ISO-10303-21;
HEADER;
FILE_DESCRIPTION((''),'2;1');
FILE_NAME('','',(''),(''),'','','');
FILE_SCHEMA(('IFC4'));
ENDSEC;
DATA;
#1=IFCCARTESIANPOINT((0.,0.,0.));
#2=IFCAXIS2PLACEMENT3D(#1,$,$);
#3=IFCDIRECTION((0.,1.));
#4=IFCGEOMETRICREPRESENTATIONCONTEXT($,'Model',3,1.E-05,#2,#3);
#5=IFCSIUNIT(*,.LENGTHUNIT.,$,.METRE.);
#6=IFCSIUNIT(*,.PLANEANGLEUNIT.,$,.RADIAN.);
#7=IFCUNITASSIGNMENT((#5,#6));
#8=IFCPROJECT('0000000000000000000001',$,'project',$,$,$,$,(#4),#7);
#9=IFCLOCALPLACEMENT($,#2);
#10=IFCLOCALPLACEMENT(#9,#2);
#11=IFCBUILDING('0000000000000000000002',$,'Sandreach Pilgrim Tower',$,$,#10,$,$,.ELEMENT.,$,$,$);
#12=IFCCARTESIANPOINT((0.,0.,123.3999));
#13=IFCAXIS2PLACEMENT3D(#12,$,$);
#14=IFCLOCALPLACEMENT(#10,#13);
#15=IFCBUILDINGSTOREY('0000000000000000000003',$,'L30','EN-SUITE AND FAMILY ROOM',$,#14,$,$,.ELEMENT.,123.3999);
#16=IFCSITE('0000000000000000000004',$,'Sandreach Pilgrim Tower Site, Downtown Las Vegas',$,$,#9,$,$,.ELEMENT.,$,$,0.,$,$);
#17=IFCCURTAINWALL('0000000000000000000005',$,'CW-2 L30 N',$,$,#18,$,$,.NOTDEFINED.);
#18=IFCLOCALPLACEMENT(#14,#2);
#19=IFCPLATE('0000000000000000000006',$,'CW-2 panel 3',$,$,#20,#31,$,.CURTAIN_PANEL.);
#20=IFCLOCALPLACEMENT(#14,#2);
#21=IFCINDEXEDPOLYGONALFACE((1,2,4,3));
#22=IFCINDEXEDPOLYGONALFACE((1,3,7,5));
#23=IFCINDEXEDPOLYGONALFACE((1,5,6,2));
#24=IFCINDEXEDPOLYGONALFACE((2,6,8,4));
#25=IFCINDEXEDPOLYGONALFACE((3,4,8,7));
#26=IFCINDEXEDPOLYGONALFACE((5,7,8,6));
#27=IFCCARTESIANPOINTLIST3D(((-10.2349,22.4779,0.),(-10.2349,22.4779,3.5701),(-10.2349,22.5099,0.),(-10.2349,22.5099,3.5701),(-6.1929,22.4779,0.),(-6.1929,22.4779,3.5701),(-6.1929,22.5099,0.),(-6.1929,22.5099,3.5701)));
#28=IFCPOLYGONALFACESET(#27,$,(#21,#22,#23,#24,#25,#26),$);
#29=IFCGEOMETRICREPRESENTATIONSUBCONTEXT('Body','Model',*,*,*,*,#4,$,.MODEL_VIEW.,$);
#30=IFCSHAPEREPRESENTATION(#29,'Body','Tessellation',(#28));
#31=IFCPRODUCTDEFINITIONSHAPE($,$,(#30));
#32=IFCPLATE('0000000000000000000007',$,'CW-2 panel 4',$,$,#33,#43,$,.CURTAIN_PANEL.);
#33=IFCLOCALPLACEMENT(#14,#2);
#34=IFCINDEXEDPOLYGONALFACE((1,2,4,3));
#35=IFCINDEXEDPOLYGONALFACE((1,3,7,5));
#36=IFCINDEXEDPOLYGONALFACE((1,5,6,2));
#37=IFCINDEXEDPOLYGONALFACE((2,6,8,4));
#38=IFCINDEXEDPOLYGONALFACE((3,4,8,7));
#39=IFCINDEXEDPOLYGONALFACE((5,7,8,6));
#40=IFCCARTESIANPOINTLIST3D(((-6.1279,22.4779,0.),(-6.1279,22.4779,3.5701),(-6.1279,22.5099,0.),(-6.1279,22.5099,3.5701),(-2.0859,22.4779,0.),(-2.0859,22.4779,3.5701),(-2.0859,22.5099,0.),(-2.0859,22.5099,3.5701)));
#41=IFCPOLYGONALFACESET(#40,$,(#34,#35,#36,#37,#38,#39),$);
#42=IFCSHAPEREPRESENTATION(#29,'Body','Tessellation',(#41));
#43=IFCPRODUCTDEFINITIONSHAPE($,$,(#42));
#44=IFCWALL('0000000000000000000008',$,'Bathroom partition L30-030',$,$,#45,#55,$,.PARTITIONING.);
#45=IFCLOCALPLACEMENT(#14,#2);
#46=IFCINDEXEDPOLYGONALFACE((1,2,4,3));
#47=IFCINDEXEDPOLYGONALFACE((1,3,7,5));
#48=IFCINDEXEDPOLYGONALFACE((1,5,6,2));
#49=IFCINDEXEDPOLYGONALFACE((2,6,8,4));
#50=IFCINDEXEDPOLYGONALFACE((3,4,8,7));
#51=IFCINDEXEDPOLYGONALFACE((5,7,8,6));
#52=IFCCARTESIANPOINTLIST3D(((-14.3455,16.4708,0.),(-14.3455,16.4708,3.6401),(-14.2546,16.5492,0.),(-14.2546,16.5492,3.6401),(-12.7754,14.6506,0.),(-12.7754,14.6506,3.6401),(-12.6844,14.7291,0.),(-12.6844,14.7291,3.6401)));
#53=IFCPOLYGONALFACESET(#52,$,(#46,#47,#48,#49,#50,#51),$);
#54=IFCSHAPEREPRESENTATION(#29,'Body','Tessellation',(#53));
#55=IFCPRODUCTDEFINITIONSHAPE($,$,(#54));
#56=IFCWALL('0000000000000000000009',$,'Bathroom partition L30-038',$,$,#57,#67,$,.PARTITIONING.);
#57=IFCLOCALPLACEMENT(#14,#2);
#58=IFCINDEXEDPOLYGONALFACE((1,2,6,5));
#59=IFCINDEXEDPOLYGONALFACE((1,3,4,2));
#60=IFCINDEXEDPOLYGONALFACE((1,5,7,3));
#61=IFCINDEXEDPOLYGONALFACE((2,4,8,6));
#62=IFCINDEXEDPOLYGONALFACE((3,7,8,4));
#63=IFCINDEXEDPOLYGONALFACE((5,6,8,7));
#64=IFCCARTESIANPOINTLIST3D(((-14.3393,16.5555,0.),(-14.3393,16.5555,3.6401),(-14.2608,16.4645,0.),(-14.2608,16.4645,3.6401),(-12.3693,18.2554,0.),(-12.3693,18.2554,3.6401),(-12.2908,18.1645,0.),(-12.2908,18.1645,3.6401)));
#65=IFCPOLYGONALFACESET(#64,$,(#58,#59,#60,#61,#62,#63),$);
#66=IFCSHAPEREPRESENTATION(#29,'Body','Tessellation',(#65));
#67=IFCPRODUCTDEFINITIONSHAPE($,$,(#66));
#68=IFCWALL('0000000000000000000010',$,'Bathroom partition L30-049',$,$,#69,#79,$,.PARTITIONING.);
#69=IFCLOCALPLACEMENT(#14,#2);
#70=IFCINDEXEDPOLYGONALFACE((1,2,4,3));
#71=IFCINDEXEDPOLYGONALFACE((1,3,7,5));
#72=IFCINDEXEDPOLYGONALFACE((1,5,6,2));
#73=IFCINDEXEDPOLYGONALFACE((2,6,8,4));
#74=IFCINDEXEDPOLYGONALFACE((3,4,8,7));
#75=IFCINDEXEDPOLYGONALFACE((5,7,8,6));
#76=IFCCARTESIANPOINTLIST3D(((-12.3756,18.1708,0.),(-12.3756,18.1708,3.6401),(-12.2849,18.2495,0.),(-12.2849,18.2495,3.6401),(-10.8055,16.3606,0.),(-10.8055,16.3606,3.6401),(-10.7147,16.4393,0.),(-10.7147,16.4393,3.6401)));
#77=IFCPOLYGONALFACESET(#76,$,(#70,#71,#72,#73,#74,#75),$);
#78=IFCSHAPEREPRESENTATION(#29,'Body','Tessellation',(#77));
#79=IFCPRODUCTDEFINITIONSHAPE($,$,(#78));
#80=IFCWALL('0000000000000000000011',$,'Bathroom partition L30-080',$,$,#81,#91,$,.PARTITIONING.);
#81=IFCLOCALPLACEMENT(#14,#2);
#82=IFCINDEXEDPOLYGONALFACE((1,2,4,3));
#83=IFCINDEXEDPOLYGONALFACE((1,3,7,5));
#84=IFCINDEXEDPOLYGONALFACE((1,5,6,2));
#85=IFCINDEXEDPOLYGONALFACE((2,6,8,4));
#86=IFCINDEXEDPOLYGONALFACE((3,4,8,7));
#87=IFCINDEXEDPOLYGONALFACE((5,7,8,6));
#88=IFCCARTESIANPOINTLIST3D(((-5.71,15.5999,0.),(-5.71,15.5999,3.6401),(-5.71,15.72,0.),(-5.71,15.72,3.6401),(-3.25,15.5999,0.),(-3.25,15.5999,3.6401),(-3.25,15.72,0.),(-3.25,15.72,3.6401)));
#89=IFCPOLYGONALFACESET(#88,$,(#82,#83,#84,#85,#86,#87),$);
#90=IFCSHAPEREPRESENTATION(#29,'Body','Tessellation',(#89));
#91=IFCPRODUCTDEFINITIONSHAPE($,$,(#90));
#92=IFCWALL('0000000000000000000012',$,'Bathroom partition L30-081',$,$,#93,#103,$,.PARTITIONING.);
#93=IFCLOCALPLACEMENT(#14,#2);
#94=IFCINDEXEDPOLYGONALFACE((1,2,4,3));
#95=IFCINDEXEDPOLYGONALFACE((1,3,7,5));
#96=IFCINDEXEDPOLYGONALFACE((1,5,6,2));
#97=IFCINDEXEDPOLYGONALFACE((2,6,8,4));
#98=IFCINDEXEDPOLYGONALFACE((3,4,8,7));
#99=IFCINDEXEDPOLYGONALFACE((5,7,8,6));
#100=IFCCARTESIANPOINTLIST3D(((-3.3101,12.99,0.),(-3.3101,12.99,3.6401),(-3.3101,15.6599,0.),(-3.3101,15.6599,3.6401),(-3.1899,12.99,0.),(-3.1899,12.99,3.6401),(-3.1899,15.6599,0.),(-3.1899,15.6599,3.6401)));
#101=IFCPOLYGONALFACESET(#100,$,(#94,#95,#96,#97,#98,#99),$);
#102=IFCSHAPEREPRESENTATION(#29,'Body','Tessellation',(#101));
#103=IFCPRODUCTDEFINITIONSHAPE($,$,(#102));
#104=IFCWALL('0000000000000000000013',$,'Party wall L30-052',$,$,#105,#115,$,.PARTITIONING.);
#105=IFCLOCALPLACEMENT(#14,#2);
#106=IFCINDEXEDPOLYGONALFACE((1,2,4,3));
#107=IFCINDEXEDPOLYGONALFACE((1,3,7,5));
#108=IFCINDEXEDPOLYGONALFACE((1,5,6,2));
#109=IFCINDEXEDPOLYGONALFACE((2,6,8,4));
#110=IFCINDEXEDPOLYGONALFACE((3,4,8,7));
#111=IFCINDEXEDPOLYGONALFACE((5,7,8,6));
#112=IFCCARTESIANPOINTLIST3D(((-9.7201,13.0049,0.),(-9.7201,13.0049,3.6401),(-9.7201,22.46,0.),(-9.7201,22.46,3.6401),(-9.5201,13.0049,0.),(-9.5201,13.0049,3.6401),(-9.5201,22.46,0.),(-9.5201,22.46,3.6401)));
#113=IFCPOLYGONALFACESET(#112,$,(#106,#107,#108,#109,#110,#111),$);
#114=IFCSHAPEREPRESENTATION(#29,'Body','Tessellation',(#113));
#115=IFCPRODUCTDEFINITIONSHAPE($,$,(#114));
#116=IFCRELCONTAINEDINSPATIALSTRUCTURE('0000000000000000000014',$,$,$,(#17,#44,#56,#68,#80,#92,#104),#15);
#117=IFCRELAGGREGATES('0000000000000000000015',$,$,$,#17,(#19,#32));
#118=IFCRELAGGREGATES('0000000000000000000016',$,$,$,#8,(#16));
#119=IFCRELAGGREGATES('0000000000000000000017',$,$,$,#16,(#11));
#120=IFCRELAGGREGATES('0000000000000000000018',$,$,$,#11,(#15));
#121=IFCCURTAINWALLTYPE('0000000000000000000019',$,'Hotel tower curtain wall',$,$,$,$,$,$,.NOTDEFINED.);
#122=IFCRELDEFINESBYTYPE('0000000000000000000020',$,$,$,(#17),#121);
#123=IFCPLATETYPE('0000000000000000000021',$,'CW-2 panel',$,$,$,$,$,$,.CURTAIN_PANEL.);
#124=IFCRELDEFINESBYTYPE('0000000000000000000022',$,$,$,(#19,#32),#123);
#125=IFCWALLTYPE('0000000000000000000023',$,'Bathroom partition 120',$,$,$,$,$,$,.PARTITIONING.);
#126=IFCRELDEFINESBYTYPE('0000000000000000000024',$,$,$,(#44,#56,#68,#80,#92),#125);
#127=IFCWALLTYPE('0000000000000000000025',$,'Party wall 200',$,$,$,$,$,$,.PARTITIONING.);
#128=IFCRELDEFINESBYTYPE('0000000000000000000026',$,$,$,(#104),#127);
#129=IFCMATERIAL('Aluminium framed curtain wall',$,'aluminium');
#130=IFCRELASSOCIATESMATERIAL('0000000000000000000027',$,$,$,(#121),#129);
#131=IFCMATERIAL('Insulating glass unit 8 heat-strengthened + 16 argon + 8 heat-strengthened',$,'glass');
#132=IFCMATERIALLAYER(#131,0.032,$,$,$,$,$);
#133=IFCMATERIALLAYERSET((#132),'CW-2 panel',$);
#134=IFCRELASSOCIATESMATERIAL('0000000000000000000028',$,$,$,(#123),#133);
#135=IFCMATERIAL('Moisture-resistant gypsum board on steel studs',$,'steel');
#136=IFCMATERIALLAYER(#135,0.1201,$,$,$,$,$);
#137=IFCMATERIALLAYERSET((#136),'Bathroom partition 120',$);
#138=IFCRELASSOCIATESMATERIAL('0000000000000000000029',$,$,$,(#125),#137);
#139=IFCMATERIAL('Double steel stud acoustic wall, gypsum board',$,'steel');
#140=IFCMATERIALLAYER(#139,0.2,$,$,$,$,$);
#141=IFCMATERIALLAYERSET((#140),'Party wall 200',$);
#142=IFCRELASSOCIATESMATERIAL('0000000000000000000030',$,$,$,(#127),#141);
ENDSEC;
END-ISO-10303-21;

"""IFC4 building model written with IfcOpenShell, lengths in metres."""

from ifc_helpers import new_model, si_unit, direction, frame, frame_2d, origin, origin_2d, place, context, subcontext, project, spatial, rectangle, extrude, material, layer, layer_set, type_object, element, aggregate, save


model = new_model("IFC4")

# Units and contexts
model_context = context("Model", 3, precision=1e-05, world=origin(), true_north=direction((0.0, 1.0)))
body_context = subcontext(model_context, "Body", "Model", "MODEL_VIEW")
ifc_project = project(units=[si_unit("LENGTHUNIT", "METRE"), si_unit("PLANEANGLEUNIT", "RADIAN")], contexts=[model_context])

# Site, building, storey
site_placement = place(None, origin())
site = spatial("IfcSite", under=ifc_project, at=site_placement, Name="Sandreach Pilgrim Tower Site, Downtown Las Vegas", CompositionType="ELEMENT", RefElevation=0.0)
building_placement = place(site_placement, origin())
building = spatial("IfcBuilding", under=site, at=building_placement, Name="Sandreach Pilgrim Tower", CompositionType="ELEMENT")
storey_placement = place(building_placement, frame((0.0, 0.0, 123.3999)))
storey = spatial("IfcBuildingStorey", under=building, at=storey_placement, Name="L30", Description="EN-SUITE AND FAMILY ROOM", CompositionType="ELEMENT", Elevation=123.3999)

# Curtain wall
ifc_material_1 = material(Name="Aluminium framed curtain wall", Category="aluminium")
curtain_wall_type = type_object("IfcCurtainWallType", Name="Hotel tower curtain wall", PredefinedType="NOTDEFINED", material=ifc_material_1)
curtain_wall_placement = place(storey_placement, origin())
curtain_wall = element("IfcCurtainWall", 1, at=curtain_wall_placement, inside=storey, type_object=curtain_wall_type, Name="CW-2 L30 N", PredefinedType="NOTDEFINED")

# Plates
ifc_material_2 = material(Name="Insulating glass unit 8 heat-strengthened + 16 argon + 8 heat-strengthened", Category="glass")
ifc_layer_1 = layer(ifc_material_2, 0.032)
ifc_layer_set_1 = layer_set([ifc_layer_1], Name="CW-2 panel")
plate_type = type_object("IfcPlateType", Name="CW-2 panel", PredefinedType="CURTAIN_PANEL", material=ifc_layer_set_1)
plate_1_placement = place(storey_placement, frame((-8.2139, 22.4939, 0.0), z_axis=(0.0, 0.0, 1.0), x_axis=(1.0, 0.0, 0.0)))
plate_1 = element("IfcPlate", 2, at=plate_1_placement, type_object=plate_type, Name="CW-2 panel 3", PredefinedType="CURTAIN_PANEL", context=body_context, shape_type="SweptSolid", body=[
    extrude(rectangle(XDim=4.042, YDim=0.032, at=origin_2d()), origin(), (0.0, 0.0, 1.0), 3.5701),
])
plate_2_placement = place(storey_placement, frame((-4.1069, 22.4939, 0.0), z_axis=(0.0, 0.0, 1.0), x_axis=(1.0, 0.0, 0.0)))
plate_2 = element("IfcPlate", 3, at=plate_2_placement, type_object=plate_type, Name="CW-2 panel 4", PredefinedType="CURTAIN_PANEL", context=body_context, shape_type="SweptSolid", body=[
    extrude(rectangle(XDim=4.042, YDim=0.032, at=origin_2d()), origin(), (0.0, 0.0, 1.0), 3.5701),
])
aggregate(curtain_wall, [plate_1, plate_2])

# Walls
ifc_material_3 = material(Name="Moisture-resistant gypsum board on steel studs", Category="steel")
ifc_layer_2 = layer(ifc_material_3, 0.1201)
ifc_layer_set_2 = layer_set([ifc_layer_2], Name="Bathroom partition 120")
wall_type_1 = type_object("IfcWallType", Name="Bathroom partition 120", PredefinedType="PARTITIONING", material=ifc_layer_set_2)
wall_1_placement = place(storey_placement, frame((-14.3, 16.51, 0.0), z_axis=(0.0, 0.0, 1.0), x_axis=(0.653189, -0.757195, 0.0)))
element("IfcWall", 4, at=wall_1_placement, inside=storey, type_object=wall_type_1, Name="Bathroom partition L30-030", PredefinedType="PARTITIONING", context=body_context, shape_type="SweptSolid", body=[
    extrude(rectangle(XDim=2.4038, YDim=0.1201, at=frame_2d((1.2019, 0.0))), origin(), (0.0, 0.0, 1.0), 3.6401),
])
wall_2_placement = place(storey_placement, frame((-12.3301, 18.21, 0.0), z_axis=(0.0, 0.0, 1.0), x_axis=(-0.757087, -0.653314, 0.0)))
element("IfcWall", 5, at=wall_2_placement, inside=storey, type_object=wall_type_1, Name="Bathroom partition L30-038", PredefinedType="PARTITIONING", context=body_context, shape_type="SweptSolid", body=[
    extrude(rectangle(XDim=2.6021, YDim=0.1201, at=frame_2d((1.301, 0.0))), origin(), (0.0, 0.0, 1.0), 3.6401),
])
wall_3_placement = place(storey_placement, frame((-10.76, 16.3999, 0.0), z_axis=(0.0, 0.0, 1.0), x_axis=(-0.655252, 0.75541, 0.0)))
element("IfcWall", 6, at=wall_3_placement, inside=storey, type_object=wall_type_1, Name="Bathroom partition L30-049", PredefinedType="PARTITIONING", context=body_context, shape_type="SweptSolid", body=[
    extrude(rectangle(XDim=2.3962, YDim=0.1201, at=frame_2d((1.1982, 0.0))), origin(), (0.0, 0.0, 1.0), 3.6401),
])
wall_4_placement = place(storey_placement, frame((-3.25, 15.6599, 0.0), z_axis=(0.0, 0.0, 1.0), x_axis=(-1.0, 0.0, 0.0)))
element("IfcWall", 7, at=wall_4_placement, inside=storey, type_object=wall_type_1, Name="Bathroom partition L30-080", PredefinedType="PARTITIONING", context=body_context, shape_type="SweptSolid", body=[
    extrude(rectangle(XDim=2.46, YDim=0.1201, at=frame_2d((1.23, 0.0))), origin(), (0.0, 0.0, 1.0), 3.6401),
])
wall_5_placement = place(storey_placement, frame((-3.25, 15.6599, 0.0), z_axis=(0.0, 0.0, 1.0), x_axis=(0.0, -1.0, 0.0)))
element("IfcWall", 8, at=wall_5_placement, inside=storey, type_object=wall_type_1, Name="Bathroom partition L30-081", PredefinedType="PARTITIONING", context=body_context, shape_type="SweptSolid", body=[
    extrude(rectangle(XDim=2.6699, YDim=0.1201, at=frame_2d((1.335, 0.0))), origin(), (0.0, 0.0, 1.0), 3.6401),
])

# Wall
ifc_material_4 = material(Name="Double steel stud acoustic wall, gypsum board", Category="steel")
ifc_layer_3 = layer(ifc_material_4, 0.2)
ifc_layer_set_3 = layer_set([ifc_layer_3], Name="Party wall 200")
wall_type_2 = type_object("IfcWallType", Name="Party wall 200", PredefinedType="PARTITIONING", material=ifc_layer_set_3)
wall_6_placement = place(storey_placement, frame((-9.6201, 22.46, 0.0), z_axis=(0.0, 0.0, 1.0), x_axis=(0.0, -1.0, 0.0)))
element("IfcWall", 9, at=wall_6_placement, inside=storey, type_object=wall_type_2, Name="Party wall L30-052", PredefinedType="PARTITIONING", context=body_context, shape_type="SweptSolid", body=[
    extrude(rectangle(XDim=9.4551, YDim=0.2, at=frame_2d((4.7275, 0.0))), origin(), (0.0, 0.0, 1.0), 3.6401),
])

save(model, "model.ifc")
